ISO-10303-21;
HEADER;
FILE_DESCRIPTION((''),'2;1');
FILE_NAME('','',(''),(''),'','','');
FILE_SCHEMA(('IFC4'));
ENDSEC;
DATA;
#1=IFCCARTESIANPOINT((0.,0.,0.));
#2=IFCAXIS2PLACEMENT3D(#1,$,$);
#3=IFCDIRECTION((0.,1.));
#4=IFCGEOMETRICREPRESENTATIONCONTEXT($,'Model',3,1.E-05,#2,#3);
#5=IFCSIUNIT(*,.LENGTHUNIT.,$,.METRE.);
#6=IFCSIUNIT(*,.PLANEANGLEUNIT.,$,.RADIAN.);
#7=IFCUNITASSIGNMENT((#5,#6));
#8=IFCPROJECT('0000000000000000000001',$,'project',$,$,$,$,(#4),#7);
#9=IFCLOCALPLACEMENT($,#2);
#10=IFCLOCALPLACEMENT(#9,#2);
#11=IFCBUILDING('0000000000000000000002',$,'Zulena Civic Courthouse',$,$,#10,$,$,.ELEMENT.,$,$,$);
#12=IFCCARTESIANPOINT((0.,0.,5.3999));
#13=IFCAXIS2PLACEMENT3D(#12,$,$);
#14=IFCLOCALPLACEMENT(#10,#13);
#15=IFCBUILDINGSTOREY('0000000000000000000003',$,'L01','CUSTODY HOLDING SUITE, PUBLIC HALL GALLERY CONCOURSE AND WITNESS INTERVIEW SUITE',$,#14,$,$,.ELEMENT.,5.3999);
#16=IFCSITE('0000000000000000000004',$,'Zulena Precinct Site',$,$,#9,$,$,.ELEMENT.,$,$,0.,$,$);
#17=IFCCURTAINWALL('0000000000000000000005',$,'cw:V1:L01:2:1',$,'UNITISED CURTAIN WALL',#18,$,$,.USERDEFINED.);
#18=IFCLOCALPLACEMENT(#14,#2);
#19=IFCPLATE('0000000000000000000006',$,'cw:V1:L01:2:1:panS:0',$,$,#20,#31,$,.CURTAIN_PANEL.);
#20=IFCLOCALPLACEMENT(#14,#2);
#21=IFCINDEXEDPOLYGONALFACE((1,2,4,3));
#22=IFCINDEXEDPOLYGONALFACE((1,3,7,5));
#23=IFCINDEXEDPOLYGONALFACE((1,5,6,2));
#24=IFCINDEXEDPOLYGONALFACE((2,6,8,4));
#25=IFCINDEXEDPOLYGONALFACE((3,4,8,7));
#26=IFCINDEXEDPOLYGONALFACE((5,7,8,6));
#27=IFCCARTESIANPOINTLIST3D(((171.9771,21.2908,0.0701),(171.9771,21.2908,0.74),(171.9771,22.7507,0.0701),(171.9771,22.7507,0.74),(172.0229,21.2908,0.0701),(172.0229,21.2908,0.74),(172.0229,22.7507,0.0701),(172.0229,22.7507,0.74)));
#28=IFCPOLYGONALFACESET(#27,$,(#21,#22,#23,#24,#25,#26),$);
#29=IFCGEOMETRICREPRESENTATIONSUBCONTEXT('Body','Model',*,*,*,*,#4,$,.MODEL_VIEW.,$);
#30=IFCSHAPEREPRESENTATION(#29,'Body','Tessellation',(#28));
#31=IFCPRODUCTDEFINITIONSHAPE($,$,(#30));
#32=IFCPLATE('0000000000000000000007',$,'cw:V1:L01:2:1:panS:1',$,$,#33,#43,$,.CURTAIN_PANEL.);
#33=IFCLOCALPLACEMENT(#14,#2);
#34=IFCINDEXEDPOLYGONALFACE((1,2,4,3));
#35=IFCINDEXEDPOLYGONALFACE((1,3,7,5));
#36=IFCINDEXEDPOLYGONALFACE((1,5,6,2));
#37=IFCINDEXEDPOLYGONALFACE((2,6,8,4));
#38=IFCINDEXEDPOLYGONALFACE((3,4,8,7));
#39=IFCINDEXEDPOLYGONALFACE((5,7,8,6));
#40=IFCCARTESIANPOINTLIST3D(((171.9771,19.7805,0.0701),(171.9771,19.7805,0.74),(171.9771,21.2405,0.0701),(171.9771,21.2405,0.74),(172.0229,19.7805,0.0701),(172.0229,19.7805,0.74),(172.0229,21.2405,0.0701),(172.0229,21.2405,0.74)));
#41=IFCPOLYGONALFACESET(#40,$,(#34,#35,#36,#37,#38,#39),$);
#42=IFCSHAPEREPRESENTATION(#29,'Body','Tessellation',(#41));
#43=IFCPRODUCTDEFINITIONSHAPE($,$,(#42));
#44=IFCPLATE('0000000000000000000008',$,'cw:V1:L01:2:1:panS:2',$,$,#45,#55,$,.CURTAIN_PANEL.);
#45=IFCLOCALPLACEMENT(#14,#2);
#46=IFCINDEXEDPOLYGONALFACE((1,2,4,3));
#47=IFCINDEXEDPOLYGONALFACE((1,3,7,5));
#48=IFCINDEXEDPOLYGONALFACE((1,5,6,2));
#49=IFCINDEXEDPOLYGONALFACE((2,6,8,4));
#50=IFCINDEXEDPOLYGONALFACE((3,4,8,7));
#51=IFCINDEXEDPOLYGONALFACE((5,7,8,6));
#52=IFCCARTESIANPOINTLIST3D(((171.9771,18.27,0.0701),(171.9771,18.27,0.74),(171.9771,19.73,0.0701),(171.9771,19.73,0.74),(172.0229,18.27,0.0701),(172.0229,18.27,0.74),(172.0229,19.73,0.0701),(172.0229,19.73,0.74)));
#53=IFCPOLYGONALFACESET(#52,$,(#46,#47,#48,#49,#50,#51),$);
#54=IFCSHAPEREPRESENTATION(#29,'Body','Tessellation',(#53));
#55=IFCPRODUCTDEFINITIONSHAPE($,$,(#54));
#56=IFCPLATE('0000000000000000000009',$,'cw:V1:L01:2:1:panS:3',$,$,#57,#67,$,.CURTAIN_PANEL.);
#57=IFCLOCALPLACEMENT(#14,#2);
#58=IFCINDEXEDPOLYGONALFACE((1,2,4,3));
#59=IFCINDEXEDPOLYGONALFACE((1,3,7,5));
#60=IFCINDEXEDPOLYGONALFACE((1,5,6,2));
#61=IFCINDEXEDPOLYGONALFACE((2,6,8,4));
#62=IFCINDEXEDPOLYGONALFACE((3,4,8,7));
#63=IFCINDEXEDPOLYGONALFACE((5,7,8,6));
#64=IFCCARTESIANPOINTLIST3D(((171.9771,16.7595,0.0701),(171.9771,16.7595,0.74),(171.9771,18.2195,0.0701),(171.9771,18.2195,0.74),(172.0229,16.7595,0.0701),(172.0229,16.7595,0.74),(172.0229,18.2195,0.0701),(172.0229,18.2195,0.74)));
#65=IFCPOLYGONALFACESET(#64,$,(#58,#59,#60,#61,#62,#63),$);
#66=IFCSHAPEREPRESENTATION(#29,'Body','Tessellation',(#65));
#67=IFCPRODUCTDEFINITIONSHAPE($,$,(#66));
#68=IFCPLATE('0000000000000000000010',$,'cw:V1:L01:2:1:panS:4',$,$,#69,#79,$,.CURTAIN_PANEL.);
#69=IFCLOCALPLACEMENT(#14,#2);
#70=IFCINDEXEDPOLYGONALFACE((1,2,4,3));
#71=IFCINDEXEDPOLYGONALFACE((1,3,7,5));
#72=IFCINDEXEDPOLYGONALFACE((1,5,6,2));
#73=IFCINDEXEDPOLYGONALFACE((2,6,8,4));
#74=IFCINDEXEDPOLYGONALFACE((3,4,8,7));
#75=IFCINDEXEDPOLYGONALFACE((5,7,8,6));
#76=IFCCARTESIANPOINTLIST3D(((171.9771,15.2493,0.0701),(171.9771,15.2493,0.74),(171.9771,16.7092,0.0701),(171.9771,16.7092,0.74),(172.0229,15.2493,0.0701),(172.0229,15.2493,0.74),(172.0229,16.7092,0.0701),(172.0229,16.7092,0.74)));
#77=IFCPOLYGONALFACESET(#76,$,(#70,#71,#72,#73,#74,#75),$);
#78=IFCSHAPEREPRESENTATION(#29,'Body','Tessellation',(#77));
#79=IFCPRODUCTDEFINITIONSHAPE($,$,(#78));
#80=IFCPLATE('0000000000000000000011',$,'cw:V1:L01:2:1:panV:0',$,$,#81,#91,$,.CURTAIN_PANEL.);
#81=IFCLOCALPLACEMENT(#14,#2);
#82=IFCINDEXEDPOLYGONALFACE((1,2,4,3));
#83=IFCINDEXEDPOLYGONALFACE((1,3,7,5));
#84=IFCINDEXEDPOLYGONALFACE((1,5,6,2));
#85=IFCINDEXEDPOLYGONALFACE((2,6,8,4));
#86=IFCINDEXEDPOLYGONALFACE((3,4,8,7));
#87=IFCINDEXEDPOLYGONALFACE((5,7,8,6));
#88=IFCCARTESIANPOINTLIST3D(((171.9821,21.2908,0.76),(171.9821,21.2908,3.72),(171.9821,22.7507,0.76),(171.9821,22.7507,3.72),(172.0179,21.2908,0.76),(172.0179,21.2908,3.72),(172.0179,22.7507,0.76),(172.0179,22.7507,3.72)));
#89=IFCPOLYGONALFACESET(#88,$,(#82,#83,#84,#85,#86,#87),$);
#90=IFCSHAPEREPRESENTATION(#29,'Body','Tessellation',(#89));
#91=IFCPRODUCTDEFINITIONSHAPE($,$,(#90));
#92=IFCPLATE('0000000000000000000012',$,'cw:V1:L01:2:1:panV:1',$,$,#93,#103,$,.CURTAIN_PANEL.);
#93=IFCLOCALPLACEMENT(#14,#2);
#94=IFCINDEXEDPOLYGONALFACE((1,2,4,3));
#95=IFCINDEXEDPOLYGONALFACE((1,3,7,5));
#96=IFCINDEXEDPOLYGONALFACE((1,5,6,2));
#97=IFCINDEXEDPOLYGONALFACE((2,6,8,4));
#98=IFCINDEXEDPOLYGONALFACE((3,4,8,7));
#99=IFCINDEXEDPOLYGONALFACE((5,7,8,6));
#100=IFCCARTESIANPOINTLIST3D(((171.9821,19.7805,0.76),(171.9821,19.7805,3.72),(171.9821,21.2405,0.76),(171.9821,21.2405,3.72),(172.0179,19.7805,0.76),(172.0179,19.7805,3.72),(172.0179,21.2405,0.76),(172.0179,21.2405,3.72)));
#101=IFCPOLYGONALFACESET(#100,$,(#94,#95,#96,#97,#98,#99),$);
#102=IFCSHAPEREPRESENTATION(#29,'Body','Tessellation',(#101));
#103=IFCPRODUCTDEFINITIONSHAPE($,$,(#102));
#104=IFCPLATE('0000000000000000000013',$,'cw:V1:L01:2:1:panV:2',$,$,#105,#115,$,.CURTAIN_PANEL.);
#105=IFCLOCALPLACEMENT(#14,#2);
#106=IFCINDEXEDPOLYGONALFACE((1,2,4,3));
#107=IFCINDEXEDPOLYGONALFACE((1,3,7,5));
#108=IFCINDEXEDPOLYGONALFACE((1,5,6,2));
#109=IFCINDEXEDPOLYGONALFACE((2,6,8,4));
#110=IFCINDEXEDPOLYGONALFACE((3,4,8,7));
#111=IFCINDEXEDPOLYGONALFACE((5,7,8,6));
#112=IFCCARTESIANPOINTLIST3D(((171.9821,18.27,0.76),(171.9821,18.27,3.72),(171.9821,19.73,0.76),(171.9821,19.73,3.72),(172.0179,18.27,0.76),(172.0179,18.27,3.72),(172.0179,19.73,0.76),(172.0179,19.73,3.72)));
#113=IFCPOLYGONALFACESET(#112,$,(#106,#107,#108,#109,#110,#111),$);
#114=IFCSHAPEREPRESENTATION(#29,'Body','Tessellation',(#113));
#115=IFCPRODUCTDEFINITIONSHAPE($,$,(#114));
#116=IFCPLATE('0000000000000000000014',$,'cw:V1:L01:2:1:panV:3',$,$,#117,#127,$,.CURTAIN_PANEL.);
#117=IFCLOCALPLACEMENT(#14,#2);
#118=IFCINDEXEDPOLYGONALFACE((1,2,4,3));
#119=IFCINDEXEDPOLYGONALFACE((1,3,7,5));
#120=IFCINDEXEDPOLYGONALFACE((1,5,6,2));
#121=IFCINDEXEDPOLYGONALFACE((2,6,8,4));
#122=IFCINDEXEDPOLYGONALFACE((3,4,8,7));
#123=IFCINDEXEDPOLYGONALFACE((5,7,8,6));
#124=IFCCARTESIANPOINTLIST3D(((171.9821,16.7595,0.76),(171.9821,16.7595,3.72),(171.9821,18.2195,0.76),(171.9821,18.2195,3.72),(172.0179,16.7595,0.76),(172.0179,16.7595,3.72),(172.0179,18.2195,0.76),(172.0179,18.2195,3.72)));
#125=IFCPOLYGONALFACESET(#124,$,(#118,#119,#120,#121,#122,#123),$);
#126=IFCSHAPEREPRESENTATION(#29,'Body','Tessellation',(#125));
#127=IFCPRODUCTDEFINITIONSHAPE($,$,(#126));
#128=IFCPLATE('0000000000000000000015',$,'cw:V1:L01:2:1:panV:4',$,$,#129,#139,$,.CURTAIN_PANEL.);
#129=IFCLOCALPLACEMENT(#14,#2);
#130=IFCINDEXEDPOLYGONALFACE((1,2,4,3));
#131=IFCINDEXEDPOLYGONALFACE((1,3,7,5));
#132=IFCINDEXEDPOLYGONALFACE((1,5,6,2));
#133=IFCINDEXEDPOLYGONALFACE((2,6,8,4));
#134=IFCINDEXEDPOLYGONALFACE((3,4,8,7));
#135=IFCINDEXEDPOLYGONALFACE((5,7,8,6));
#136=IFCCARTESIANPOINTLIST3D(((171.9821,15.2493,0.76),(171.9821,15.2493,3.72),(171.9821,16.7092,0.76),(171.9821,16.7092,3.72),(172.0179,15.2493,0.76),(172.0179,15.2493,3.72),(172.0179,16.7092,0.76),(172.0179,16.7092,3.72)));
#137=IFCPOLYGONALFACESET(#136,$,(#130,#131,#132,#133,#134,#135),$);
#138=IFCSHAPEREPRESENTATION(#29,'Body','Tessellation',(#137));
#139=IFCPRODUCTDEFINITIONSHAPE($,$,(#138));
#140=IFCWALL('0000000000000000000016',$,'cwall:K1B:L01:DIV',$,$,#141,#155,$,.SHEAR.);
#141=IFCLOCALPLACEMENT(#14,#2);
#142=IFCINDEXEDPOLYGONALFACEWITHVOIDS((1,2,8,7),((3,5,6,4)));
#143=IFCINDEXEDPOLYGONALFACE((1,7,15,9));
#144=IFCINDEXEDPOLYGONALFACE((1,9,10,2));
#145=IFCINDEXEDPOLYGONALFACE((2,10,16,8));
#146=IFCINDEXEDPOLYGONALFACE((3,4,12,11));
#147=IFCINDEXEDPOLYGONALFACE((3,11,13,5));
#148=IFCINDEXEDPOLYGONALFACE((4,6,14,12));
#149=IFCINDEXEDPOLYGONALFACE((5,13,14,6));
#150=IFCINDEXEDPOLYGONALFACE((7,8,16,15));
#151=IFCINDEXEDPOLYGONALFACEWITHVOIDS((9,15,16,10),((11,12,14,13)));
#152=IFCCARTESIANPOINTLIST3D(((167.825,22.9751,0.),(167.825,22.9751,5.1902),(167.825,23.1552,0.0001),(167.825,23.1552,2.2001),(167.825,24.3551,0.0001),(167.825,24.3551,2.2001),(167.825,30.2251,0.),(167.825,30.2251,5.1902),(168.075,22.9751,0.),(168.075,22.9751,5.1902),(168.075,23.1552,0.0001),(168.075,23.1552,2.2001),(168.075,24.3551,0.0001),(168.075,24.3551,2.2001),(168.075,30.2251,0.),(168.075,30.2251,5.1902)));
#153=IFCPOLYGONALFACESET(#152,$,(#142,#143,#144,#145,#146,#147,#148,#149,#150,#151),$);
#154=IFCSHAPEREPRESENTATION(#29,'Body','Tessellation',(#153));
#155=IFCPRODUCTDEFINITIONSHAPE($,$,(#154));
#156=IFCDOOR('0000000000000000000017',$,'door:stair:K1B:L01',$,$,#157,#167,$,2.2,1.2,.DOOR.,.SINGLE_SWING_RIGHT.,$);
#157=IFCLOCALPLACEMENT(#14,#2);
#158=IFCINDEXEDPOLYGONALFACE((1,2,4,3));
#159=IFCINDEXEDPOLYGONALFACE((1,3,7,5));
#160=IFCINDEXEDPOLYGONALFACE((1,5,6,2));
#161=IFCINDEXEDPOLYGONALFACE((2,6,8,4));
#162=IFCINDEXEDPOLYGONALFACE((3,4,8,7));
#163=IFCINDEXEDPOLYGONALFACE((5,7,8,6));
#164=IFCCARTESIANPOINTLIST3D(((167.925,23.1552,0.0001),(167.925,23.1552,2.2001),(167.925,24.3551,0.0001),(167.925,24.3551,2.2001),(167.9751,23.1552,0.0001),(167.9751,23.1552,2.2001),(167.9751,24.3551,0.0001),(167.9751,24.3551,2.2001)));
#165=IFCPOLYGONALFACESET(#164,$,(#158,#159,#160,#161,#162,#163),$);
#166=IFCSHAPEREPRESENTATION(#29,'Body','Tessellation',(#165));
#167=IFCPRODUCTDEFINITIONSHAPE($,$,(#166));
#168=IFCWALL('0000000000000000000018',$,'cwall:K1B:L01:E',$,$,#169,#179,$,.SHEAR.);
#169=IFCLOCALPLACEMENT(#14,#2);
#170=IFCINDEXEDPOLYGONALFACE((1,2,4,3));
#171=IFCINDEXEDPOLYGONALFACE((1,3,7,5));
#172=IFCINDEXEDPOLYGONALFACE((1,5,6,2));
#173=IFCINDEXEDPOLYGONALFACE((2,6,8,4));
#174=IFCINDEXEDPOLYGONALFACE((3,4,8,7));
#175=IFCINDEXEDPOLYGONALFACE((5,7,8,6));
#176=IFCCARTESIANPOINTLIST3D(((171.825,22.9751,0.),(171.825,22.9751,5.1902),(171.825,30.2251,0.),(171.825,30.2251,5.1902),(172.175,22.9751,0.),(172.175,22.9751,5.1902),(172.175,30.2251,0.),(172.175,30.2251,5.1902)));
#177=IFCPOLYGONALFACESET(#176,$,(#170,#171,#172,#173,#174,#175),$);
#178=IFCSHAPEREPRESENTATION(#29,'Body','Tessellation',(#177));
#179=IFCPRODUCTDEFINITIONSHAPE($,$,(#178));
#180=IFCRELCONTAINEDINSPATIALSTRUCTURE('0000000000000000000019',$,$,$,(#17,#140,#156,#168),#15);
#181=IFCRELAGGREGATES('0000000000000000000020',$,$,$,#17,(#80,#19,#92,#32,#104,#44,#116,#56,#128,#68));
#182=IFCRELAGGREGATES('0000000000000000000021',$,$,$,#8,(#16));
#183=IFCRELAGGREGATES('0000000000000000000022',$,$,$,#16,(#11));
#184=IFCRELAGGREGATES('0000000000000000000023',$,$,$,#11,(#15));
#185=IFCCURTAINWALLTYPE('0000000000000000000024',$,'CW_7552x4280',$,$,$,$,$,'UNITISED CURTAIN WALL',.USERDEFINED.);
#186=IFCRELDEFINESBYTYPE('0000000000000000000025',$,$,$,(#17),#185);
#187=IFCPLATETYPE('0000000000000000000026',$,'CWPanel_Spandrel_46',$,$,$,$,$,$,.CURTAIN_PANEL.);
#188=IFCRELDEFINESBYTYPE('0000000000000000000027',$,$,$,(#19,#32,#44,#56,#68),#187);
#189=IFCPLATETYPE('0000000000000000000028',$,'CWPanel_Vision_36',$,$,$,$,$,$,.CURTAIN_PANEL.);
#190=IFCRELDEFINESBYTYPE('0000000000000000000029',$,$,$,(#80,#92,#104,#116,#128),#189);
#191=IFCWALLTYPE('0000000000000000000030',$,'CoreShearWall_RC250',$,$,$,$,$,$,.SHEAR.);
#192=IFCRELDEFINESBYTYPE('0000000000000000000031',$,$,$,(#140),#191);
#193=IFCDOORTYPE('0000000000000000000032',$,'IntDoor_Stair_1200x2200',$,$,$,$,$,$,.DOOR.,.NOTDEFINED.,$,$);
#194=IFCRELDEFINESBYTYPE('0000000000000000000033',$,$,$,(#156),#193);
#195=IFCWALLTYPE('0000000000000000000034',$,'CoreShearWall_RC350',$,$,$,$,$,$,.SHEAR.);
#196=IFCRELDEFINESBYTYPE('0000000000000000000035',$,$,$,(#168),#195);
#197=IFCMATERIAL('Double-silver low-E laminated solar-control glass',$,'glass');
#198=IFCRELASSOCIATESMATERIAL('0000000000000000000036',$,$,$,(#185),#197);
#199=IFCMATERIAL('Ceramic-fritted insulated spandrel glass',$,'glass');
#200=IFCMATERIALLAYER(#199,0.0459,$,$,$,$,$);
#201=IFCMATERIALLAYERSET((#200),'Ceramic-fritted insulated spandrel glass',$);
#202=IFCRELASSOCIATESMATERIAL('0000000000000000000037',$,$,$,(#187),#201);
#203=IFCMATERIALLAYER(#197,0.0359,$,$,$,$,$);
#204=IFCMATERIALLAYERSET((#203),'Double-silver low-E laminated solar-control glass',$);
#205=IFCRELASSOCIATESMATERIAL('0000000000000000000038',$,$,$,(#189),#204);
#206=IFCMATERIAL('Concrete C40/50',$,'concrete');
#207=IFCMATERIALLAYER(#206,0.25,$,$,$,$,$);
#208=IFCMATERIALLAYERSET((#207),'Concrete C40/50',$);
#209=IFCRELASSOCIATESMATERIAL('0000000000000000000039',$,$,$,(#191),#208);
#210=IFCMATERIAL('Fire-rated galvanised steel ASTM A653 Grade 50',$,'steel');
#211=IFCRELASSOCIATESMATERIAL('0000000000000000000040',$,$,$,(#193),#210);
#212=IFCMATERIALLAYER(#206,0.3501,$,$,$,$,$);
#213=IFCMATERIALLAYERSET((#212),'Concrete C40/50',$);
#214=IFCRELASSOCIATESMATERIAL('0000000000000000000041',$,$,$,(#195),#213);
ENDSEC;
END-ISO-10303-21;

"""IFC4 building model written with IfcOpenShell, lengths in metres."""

from ifc_helpers import new_model, si_unit, direction, frame, frame_2d, origin, origin_2d, place, context, subcontext, project, spatial, rectangle, extrude, material, layer, layer_set, type_object, element, fill, aggregate, save


model = new_model("IFC4")

# Units and contexts
model_context = context("Model", 3, precision=1e-05, world=origin(), true_north=direction((0.0, 1.0)))
body_context = subcontext(model_context, "Body", "Model", "MODEL_VIEW")
ifc_project = project(units=[si_unit("LENGTHUNIT", "METRE"), si_unit("PLANEANGLEUNIT", "RADIAN")], contexts=[model_context])

# Site, building, storey
site_placement = place(None, origin())
site = spatial("IfcSite", under=ifc_project, at=site_placement, Name="Zulena Precinct Site", CompositionType="ELEMENT", RefElevation=0.0)
building_placement = place(site_placement, origin())
building = spatial("IfcBuilding", under=site, at=building_placement, Name="Zulena Civic Courthouse", CompositionType="ELEMENT")
storey_placement = place(building_placement, frame((0.0, 0.0, 5.3999)))
storey = spatial("IfcBuildingStorey", under=building, at=storey_placement, Name="L01", Description="CUSTODY HOLDING SUITE, PUBLIC HALL GALLERY CONCOURSE AND WITNESS INTERVIEW SUITE", CompositionType="ELEMENT", Elevation=5.3999)

# Curtain wall
ifc_material_1 = material(Name="Double-silver low-E laminated solar-control glass", Category="glass")
curtain_wall_type = type_object("IfcCurtainWallType", Name="CW_7552x4280", ElementType="UNITISED CURTAIN WALL", PredefinedType="USERDEFINED", material=ifc_material_1)
curtain_wall_placement = place(storey_placement, origin())
curtain_wall = element("IfcCurtainWall", 1, at=curtain_wall_placement, inside=storey, type_object=curtain_wall_type, Name="cw:V1:L01:2:1", ObjectType="UNITISED CURTAIN WALL", PredefinedType="USERDEFINED")

# Plates
ifc_material_2 = material(Name="Ceramic-fritted insulated spandrel glass", Category="glass")
ifc_layer_1 = layer(ifc_material_2, 0.0459)
ifc_layer_set_1 = layer_set([ifc_layer_1], Name="Ceramic-fritted insulated spandrel glass")
plate_type_1 = type_object("IfcPlateType", Name="CWPanel_Spandrel_46", PredefinedType="CURTAIN_PANEL", material=ifc_layer_set_1)
plate_1_placement = place(storey_placement, frame((172.0, 22.0208, 0.0701), z_axis=(0.0, 0.0, 1.0), x_axis=(0.0, -1.0, 0.0)))
plate_1 = element("IfcPlate", 2, at=plate_1_placement, type_object=plate_type_1, Name="cw:V1:L01:2:1:panS:0", PredefinedType="CURTAIN_PANEL", context=body_context, shape_type="SweptSolid", body=[
    extrude(rectangle(XDim=1.46, YDim=0.0459, at=origin_2d()), origin(), (0.0, 0.0, 1.0), 0.6699),
])
plate_2_placement = place(storey_placement, frame((172.0, 20.5105, 0.0701), z_axis=(0.0, 0.0, 1.0), x_axis=(0.0, -1.0, 0.0)))
plate_2 = element("IfcPlate", 3, at=plate_2_placement, type_object=plate_type_1, Name="cw:V1:L01:2:1:panS:1", PredefinedType="CURTAIN_PANEL", context=body_context, shape_type="SweptSolid", body=[
    extrude(rectangle(XDim=1.46, YDim=0.0459, at=origin_2d()), origin(), (0.0, 0.0, 1.0), 0.6699),
])
plate_3_placement = place(storey_placement, frame((172.0, 19.0, 0.0701), z_axis=(0.0, 0.0, 1.0), x_axis=(0.0, -1.0, 0.0)))
plate_3 = element("IfcPlate", 4, at=plate_3_placement, type_object=plate_type_1, Name="cw:V1:L01:2:1:panS:2", PredefinedType="CURTAIN_PANEL", context=body_context, shape_type="SweptSolid", body=[
    extrude(rectangle(XDim=1.46, YDim=0.0459, at=origin_2d()), origin(), (0.0, 0.0, 1.0), 0.6699),
])
plate_4_placement = place(storey_placement, frame((172.0, 17.4895, 0.0701), z_axis=(0.0, 0.0, 1.0), x_axis=(0.0, -1.0, 0.0)))
plate_4 = element("IfcPlate", 5, at=plate_4_placement, type_object=plate_type_1, Name="cw:V1:L01:2:1:panS:3", PredefinedType="CURTAIN_PANEL", context=body_context, shape_type="SweptSolid", body=[
    extrude(rectangle(XDim=1.46, YDim=0.0459, at=origin_2d()), origin(), (0.0, 0.0, 1.0), 0.6699),
])
plate_5_placement = place(storey_placement, frame((172.0, 15.9792, 0.0701), z_axis=(0.0, 0.0, 1.0), x_axis=(0.0, -1.0, 0.0)))
plate_5 = element("IfcPlate", 6, at=plate_5_placement, type_object=plate_type_1, Name="cw:V1:L01:2:1:panS:4", PredefinedType="CURTAIN_PANEL", context=body_context, shape_type="SweptSolid", body=[
    extrude(rectangle(XDim=1.46, YDim=0.0459, at=origin_2d()), origin(), (0.0, 0.0, 1.0), 0.6699),
])
ifc_layer_2 = layer(ifc_material_1, 0.0359)
ifc_layer_set_2 = layer_set([ifc_layer_2], Name="Double-silver low-E laminated solar-control glass")
plate_type_2 = type_object("IfcPlateType", Name="CWPanel_Vision_36", PredefinedType="CURTAIN_PANEL", material=ifc_layer_set_2)
plate_6_placement = place(storey_placement, frame((172.0, 22.0208, 0.76), z_axis=(0.0, 0.0, 1.0), x_axis=(0.0, -1.0, 0.0)))
plate_6 = element("IfcPlate", 7, at=plate_6_placement, type_object=plate_type_2, Name="cw:V1:L01:2:1:panV:0", PredefinedType="CURTAIN_PANEL", context=body_context, shape_type="SweptSolid", body=[
    extrude(rectangle(XDim=1.46, YDim=0.0359, at=origin_2d()), origin(), (0.0, 0.0, 1.0), 2.96),
])
plate_7_placement = place(storey_placement, frame((172.0, 20.5105, 0.76), z_axis=(0.0, 0.0, 1.0), x_axis=(0.0, -1.0, 0.0)))
plate_7 = element("IfcPlate", 8, at=plate_7_placement, type_object=plate_type_2, Name="cw:V1:L01:2:1:panV:1", PredefinedType="CURTAIN_PANEL", context=body_context, shape_type="SweptSolid", body=[
    extrude(rectangle(XDim=1.46, YDim=0.0359, at=origin_2d()), origin(), (0.0, 0.0, 1.0), 2.96),
])
plate_8_placement = place(storey_placement, frame((172.0, 19.0, 0.76), z_axis=(0.0, 0.0, 1.0), x_axis=(0.0, -1.0, 0.0)))
plate_8 = element("IfcPlate", 9, at=plate_8_placement, type_object=plate_type_2, Name="cw:V1:L01:2:1:panV:2", PredefinedType="CURTAIN_PANEL", context=body_context, shape_type="SweptSolid", body=[
    extrude(rectangle(XDim=1.46, YDim=0.0359, at=origin_2d()), origin(), (0.0, 0.0, 1.0), 2.96),
])
plate_9_placement = place(storey_placement, frame((172.0, 17.4895, 0.76), z_axis=(0.0, 0.0, 1.0), x_axis=(0.0, -1.0, 0.0)))
plate_9 = element("IfcPlate", 10, at=plate_9_placement, type_object=plate_type_2, Name="cw:V1:L01:2:1:panV:3", PredefinedType="CURTAIN_PANEL", context=body_context, shape_type="SweptSolid", body=[
    extrude(rectangle(XDim=1.46, YDim=0.0359, at=origin_2d()), origin(), (0.0, 0.0, 1.0), 2.96),
])
plate_10_placement = place(storey_placement, frame((172.0, 15.9792, 0.76), z_axis=(0.0, 0.0, 1.0), x_axis=(0.0, -1.0, 0.0)))
plate_10 = element("IfcPlate", 11, at=plate_10_placement, type_object=plate_type_2, Name="cw:V1:L01:2:1:panV:4", PredefinedType="CURTAIN_PANEL", context=body_context, shape_type="SweptSolid", body=[
    extrude(rectangle(XDim=1.46, YDim=0.0359, at=origin_2d()), origin(), (0.0, 0.0, 1.0), 2.96),
])
aggregate(curtain_wall, [plate_6, plate_1, plate_7, plate_2, plate_8, plate_3, plate_9, plate_4, plate_10, plate_5])

# Wall, opening, door
ifc_material_3 = material(Name="Concrete C40/50", Category="concrete")
ifc_layer_3 = layer(ifc_material_3, 0.25)
ifc_layer_set_3 = layer_set([ifc_layer_3], Name="Concrete C40/50")
wall_type_1 = type_object("IfcWallType", Name="CoreShearWall_RC250", PredefinedType="SHEAR", material=ifc_layer_set_3)
wall_1_placement = place(storey_placement, frame((167.95, 22.9751, 0.0), z_axis=(0.0, 0.0, 1.0), x_axis=(0.0, 1.0, 0.0)))
wall_1 = element("IfcWall", 12, at=wall_1_placement, inside=storey, type_object=wall_type_1, Name="cwall:K1B:L01:DIV", PredefinedType="SHEAR", context=body_context, shape_type="SweptSolid", body=[
    extrude(rectangle(XDim=7.25, YDim=0.25, at=frame_2d((3.625, 0.0))), origin(), (0.0, 0.0, 1.0), 5.1902),
])
opening_1_placement = place(wall_1_placement, frame((0.1799, 0.0, 0.0)))
opening_1 = element("IfcOpeningElement", 13, at=opening_1_placement, cuts=wall_1, PredefinedType="OPENING", context=body_context, shape_type="SweptSolid", body=[
    extrude(rectangle(XDim=1.2, YDim=2.2, at=frame_2d((0.6001, 1.1001))), frame((0.0, 0.135, 0.0), z_axis=(0.0, -1.0, 0.0), x_axis=(1.0, 0.0, 0.0)), (0.0, 0.0, 1.0), 0.27),
])
ifc_material_4 = material(Name="Fire-rated galvanised steel ASTM A653 Grade 50", Category="steel")
door_type = type_object("IfcDoorType", Name="IntDoor_Stair_1200x2200", OperationType="NOTDEFINED", PredefinedType="DOOR", material=ifc_material_4)
door_placement = place(opening_1_placement, origin())
door = element("IfcDoor", 14, at=door_placement, inside=storey, type_object=door_type, Name="door:stair:K1B:L01", OperationType="SINGLE_SWING_RIGHT", OverallHeight=2.2, OverallWidth=1.2, PredefinedType="DOOR", context=body_context, shape_type="SweptSolid", body=[
    extrude(rectangle(XDim=1.2, YDim=2.2, at=frame_2d((0.6001, 1.1001))), frame((0.0, 0.0249, 0.0), z_axis=(0.0, -1.0, 0.0), x_axis=(1.0, 0.0, 0.0)), (0.0, 0.0, 1.0), 0.05),
])
fill(opening_1, door)

# Wall
ifc_layer_4 = layer(ifc_material_3, 0.3501)
ifc_layer_set_4 = layer_set([ifc_layer_4], Name="Concrete C40/50")
wall_type_2 = type_object("IfcWallType", Name="CoreShearWall_RC350", PredefinedType="SHEAR", material=ifc_layer_set_4)
wall_2_placement = place(storey_placement, frame((172.0, 22.9751, 0.0), z_axis=(0.0, 0.0, 1.0), x_axis=(0.0, 1.0, 0.0)))
element("IfcWall", 15, at=wall_2_placement, inside=storey, type_object=wall_type_2, Name="cwall:K1B:L01:E", PredefinedType="SHEAR", context=body_context, shape_type="SweptSolid", body=[
    extrude(rectangle(XDim=7.25, YDim=0.3501, at=frame_2d((3.625, 0.0))), origin(), (0.0, 0.0, 1.0), 5.1902),
])

save(model, "model.ifc")
